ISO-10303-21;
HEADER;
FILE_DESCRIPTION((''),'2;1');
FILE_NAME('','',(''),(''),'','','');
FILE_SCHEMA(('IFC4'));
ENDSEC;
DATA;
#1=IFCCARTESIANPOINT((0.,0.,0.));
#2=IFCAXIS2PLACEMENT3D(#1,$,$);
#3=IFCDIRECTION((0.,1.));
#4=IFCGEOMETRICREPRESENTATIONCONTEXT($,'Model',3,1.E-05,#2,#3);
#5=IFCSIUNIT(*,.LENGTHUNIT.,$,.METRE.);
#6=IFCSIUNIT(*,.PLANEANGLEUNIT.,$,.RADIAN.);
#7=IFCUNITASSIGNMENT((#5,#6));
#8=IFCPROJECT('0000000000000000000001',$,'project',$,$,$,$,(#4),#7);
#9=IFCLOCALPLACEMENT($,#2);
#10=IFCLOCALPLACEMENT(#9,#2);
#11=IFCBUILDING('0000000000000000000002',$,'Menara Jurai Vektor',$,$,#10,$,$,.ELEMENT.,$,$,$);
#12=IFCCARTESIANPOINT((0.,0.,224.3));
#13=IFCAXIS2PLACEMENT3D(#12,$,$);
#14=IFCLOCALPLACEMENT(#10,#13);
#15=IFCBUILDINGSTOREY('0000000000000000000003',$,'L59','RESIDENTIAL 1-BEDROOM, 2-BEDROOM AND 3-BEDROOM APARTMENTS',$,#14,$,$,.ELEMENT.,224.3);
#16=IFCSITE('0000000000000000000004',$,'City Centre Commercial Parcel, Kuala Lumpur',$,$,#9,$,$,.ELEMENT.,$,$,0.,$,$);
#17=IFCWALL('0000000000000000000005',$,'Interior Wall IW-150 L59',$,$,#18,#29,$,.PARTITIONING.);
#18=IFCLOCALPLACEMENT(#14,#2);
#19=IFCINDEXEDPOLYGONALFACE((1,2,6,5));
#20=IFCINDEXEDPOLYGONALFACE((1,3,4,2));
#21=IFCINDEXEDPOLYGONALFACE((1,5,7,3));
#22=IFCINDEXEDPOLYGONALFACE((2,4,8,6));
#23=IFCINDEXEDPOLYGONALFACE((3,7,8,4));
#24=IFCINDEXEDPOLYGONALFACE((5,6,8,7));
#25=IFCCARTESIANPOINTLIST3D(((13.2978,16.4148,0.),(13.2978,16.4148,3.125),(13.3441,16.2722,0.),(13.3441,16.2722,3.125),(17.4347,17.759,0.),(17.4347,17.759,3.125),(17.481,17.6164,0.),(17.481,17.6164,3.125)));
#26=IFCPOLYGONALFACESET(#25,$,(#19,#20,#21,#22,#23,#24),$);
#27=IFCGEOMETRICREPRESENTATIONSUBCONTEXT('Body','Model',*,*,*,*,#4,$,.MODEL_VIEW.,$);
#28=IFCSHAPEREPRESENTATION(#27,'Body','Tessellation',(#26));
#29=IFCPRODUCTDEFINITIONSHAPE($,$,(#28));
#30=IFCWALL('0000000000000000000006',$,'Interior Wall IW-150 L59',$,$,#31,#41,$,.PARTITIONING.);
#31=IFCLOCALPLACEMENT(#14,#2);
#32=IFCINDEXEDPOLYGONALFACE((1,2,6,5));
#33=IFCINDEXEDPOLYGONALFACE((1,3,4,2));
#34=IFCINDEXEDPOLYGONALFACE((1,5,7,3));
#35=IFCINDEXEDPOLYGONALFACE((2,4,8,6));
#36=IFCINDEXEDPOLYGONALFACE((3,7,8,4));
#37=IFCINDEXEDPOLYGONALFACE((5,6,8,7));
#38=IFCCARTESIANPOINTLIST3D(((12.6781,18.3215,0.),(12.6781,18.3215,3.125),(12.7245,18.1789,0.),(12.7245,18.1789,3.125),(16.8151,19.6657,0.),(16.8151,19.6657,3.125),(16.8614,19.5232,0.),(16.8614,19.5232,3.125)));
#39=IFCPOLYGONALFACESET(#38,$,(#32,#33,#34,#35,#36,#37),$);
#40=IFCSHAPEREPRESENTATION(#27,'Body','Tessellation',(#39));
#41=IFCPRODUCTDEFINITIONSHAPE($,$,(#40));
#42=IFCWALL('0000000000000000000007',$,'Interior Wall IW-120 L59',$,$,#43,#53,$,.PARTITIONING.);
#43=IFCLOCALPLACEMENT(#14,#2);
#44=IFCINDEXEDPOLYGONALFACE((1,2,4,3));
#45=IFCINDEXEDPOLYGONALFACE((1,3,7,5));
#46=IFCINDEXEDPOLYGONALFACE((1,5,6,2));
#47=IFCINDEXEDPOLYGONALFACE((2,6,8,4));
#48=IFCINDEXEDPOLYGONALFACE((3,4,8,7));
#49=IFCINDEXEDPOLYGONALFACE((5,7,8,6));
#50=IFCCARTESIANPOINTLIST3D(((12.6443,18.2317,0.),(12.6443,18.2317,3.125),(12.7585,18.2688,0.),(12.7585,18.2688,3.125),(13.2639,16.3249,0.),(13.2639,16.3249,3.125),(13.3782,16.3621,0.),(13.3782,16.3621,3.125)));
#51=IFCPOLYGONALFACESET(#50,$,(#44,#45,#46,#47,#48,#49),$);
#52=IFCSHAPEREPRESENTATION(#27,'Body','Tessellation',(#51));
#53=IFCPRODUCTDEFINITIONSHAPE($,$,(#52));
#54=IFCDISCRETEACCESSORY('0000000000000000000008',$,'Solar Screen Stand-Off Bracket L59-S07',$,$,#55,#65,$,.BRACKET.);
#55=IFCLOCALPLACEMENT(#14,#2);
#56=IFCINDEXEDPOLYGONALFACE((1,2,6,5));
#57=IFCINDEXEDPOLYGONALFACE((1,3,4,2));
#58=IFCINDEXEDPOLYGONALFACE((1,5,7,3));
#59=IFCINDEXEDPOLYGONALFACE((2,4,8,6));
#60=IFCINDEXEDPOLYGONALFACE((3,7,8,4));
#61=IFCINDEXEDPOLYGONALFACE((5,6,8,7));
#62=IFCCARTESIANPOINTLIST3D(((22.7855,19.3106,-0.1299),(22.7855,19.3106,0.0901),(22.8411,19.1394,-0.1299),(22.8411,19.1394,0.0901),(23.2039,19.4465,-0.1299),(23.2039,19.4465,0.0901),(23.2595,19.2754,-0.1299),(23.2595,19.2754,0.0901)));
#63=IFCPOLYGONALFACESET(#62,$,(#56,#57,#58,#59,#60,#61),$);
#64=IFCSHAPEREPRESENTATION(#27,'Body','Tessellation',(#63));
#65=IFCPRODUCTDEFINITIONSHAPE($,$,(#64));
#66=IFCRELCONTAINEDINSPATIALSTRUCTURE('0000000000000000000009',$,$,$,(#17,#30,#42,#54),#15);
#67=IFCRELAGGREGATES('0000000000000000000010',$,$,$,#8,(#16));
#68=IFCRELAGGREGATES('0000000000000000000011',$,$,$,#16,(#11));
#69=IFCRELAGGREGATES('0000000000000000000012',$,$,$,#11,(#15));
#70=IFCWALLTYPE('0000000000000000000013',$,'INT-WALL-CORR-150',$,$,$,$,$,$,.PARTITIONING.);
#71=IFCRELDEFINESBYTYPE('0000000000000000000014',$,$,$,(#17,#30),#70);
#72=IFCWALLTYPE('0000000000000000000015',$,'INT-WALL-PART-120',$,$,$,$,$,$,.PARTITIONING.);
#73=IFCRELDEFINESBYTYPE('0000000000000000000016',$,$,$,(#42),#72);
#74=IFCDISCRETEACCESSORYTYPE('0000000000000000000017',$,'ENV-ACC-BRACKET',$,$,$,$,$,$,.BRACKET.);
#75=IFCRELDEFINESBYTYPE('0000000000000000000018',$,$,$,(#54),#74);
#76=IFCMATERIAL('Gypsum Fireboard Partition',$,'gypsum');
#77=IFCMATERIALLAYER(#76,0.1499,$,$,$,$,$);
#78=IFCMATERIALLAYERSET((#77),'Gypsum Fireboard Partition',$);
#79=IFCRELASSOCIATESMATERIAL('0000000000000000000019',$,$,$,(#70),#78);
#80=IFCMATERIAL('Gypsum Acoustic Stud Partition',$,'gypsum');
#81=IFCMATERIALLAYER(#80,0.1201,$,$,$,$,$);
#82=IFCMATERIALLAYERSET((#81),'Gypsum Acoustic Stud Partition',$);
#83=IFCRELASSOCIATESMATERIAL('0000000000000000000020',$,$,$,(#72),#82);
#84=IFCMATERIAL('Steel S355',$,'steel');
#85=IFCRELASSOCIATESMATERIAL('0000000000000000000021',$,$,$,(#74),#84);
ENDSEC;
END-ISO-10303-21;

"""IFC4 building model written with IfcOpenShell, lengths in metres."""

from ifc_helpers import new_model, si_unit, direction, frame, frame_2d, origin, origin_2d, place, context, subcontext, project, spatial, rectangle, extrude, material, layer, layer_set, type_object, element, save


model = new_model("IFC4")

# Units and contexts
model_context = context("Model", 3, precision=1e-05, world=origin(), true_north=direction((0.0, 1.0)))
body_context = subcontext(model_context, "Body", "Model", "MODEL_VIEW")
ifc_project = project(units=[si_unit("LENGTHUNIT", "METRE"), si_unit("PLANEANGLEUNIT", "RADIAN")], contexts=[model_context])

# Site, building, storey
site_placement = place(None, origin())
site = spatial("IfcSite", under=ifc_project, at=site_placement, Name="City Centre Commercial Parcel, Kuala Lumpur", CompositionType="ELEMENT", RefElevation=0.0)
building_placement = place(site_placement, origin())
building = spatial("IfcBuilding", under=site, at=building_placement, Name="Menara Jurai Vektor", CompositionType="ELEMENT")
storey_placement = place(building_placement, frame((0.0, 0.0, 224.3)))
storey = spatial("IfcBuildingStorey", under=building, at=storey_placement, Name="L59", Description="RESIDENTIAL 1-BEDROOM, 2-BEDROOM AND 3-BEDROOM APARTMENTS", CompositionType="ELEMENT", Elevation=224.3)

# Shared definitions
ifc_material_1 = material(Name="Steel S355", Category="steel")

# Shared definitions
ifc_material_2 = material(Name="Gypsum Fireboard Partition", Category="gypsum")
ifc_layer_1 = layer(ifc_material_2, 0.1499)
ifc_layer_set_1 = layer_set([ifc_layer_1], Name="Gypsum Fireboard Partition")
wall_type_1 = type_object("IfcWallType", Name="INT-WALL-CORR-150", PredefinedType="PARTITIONING", material=ifc_layer_set_1)

# Walls
for number, where, z_axis, x_axis, name in (
    (1, (13.321, 16.3435, 0.0), (0.0, 0.0, 1.0), (0.951053, 0.309029, 0.0), "Interior Wall IW-150 L59"),
    (2, (12.7014, 18.2502, 0.0), (0.0, 0.0, 1.0), (0.951053, 0.309029, 0.0), "Interior Wall IW-150 L59"),
):
    element("IfcWall", number, at=place(storey_placement, frame(where, z_axis=z_axis, x_axis=x_axis)), inside=storey, type_object=wall_type_1, Name=name, PredefinedType="PARTITIONING", context=body_context, shape_type="SweptSolid", body=[
        extrude(rectangle(XDim=4.3499, YDim=0.1499, at=frame_2d((2.1748, 0.0))), origin(), (0.0, 0.0, 1.0), 3.125),
    ])

# Wall
ifc_material_3 = material(Name="Gypsum Acoustic Stud Partition", Category="gypsum")
ifc_layer_2 = layer(ifc_material_3, 0.1201)
ifc_layer_set_2 = layer_set([ifc_layer_2], Name="Gypsum Acoustic Stud Partition")
wall_type_2 = type_object("IfcWallType", Name="INT-WALL-PART-120", PredefinedType="PARTITIONING", material=ifc_layer_set_2)
wall_1_placement = place(storey_placement, frame((13.321, 16.3435, 0.0), z_axis=(0.0, 0.0, 1.0), x_axis=(-0.309059, 0.951043, 0.0)))
element("IfcWall", 3, at=wall_1_placement, inside=storey, type_object=wall_type_2, Name="Interior Wall IW-120 L59", PredefinedType="PARTITIONING", context=body_context, shape_type="SweptSolid", body=[
    extrude(rectangle(XDim=2.0049, YDim=0.1201, at=frame_2d((1.0024, 0.0))), origin(), (0.0, 0.0, 1.0), 3.125),
])

# Discrete accessory
discrete_accessory_type = type_object("IfcDiscreteAccessoryType", Name="ENV-ACC-BRACKET", PredefinedType="BRACKET", material=ifc_material_1)
discrete_accessory_placement = place(storey_placement, frame((23.0225, 19.293, -0.1299), z_axis=(0.0, 0.0, 1.0), x_axis=(-0.309017, 0.951057, 0.0)))
element("IfcDiscreteAccessory", 4, at=discrete_accessory_placement, inside=storey, type_object=discrete_accessory_type, Name="Solar Screen Stand-Off Bracket L59-S07", PredefinedType="BRACKET", context=body_context, shape_type="SweptSolid", body=[
    extrude(rectangle(XDim=0.1799, YDim=0.4399, at=origin_2d()), origin(), (0.0, 0.0, 1.0), 0.22),
])

save(model, "model.ifc")
